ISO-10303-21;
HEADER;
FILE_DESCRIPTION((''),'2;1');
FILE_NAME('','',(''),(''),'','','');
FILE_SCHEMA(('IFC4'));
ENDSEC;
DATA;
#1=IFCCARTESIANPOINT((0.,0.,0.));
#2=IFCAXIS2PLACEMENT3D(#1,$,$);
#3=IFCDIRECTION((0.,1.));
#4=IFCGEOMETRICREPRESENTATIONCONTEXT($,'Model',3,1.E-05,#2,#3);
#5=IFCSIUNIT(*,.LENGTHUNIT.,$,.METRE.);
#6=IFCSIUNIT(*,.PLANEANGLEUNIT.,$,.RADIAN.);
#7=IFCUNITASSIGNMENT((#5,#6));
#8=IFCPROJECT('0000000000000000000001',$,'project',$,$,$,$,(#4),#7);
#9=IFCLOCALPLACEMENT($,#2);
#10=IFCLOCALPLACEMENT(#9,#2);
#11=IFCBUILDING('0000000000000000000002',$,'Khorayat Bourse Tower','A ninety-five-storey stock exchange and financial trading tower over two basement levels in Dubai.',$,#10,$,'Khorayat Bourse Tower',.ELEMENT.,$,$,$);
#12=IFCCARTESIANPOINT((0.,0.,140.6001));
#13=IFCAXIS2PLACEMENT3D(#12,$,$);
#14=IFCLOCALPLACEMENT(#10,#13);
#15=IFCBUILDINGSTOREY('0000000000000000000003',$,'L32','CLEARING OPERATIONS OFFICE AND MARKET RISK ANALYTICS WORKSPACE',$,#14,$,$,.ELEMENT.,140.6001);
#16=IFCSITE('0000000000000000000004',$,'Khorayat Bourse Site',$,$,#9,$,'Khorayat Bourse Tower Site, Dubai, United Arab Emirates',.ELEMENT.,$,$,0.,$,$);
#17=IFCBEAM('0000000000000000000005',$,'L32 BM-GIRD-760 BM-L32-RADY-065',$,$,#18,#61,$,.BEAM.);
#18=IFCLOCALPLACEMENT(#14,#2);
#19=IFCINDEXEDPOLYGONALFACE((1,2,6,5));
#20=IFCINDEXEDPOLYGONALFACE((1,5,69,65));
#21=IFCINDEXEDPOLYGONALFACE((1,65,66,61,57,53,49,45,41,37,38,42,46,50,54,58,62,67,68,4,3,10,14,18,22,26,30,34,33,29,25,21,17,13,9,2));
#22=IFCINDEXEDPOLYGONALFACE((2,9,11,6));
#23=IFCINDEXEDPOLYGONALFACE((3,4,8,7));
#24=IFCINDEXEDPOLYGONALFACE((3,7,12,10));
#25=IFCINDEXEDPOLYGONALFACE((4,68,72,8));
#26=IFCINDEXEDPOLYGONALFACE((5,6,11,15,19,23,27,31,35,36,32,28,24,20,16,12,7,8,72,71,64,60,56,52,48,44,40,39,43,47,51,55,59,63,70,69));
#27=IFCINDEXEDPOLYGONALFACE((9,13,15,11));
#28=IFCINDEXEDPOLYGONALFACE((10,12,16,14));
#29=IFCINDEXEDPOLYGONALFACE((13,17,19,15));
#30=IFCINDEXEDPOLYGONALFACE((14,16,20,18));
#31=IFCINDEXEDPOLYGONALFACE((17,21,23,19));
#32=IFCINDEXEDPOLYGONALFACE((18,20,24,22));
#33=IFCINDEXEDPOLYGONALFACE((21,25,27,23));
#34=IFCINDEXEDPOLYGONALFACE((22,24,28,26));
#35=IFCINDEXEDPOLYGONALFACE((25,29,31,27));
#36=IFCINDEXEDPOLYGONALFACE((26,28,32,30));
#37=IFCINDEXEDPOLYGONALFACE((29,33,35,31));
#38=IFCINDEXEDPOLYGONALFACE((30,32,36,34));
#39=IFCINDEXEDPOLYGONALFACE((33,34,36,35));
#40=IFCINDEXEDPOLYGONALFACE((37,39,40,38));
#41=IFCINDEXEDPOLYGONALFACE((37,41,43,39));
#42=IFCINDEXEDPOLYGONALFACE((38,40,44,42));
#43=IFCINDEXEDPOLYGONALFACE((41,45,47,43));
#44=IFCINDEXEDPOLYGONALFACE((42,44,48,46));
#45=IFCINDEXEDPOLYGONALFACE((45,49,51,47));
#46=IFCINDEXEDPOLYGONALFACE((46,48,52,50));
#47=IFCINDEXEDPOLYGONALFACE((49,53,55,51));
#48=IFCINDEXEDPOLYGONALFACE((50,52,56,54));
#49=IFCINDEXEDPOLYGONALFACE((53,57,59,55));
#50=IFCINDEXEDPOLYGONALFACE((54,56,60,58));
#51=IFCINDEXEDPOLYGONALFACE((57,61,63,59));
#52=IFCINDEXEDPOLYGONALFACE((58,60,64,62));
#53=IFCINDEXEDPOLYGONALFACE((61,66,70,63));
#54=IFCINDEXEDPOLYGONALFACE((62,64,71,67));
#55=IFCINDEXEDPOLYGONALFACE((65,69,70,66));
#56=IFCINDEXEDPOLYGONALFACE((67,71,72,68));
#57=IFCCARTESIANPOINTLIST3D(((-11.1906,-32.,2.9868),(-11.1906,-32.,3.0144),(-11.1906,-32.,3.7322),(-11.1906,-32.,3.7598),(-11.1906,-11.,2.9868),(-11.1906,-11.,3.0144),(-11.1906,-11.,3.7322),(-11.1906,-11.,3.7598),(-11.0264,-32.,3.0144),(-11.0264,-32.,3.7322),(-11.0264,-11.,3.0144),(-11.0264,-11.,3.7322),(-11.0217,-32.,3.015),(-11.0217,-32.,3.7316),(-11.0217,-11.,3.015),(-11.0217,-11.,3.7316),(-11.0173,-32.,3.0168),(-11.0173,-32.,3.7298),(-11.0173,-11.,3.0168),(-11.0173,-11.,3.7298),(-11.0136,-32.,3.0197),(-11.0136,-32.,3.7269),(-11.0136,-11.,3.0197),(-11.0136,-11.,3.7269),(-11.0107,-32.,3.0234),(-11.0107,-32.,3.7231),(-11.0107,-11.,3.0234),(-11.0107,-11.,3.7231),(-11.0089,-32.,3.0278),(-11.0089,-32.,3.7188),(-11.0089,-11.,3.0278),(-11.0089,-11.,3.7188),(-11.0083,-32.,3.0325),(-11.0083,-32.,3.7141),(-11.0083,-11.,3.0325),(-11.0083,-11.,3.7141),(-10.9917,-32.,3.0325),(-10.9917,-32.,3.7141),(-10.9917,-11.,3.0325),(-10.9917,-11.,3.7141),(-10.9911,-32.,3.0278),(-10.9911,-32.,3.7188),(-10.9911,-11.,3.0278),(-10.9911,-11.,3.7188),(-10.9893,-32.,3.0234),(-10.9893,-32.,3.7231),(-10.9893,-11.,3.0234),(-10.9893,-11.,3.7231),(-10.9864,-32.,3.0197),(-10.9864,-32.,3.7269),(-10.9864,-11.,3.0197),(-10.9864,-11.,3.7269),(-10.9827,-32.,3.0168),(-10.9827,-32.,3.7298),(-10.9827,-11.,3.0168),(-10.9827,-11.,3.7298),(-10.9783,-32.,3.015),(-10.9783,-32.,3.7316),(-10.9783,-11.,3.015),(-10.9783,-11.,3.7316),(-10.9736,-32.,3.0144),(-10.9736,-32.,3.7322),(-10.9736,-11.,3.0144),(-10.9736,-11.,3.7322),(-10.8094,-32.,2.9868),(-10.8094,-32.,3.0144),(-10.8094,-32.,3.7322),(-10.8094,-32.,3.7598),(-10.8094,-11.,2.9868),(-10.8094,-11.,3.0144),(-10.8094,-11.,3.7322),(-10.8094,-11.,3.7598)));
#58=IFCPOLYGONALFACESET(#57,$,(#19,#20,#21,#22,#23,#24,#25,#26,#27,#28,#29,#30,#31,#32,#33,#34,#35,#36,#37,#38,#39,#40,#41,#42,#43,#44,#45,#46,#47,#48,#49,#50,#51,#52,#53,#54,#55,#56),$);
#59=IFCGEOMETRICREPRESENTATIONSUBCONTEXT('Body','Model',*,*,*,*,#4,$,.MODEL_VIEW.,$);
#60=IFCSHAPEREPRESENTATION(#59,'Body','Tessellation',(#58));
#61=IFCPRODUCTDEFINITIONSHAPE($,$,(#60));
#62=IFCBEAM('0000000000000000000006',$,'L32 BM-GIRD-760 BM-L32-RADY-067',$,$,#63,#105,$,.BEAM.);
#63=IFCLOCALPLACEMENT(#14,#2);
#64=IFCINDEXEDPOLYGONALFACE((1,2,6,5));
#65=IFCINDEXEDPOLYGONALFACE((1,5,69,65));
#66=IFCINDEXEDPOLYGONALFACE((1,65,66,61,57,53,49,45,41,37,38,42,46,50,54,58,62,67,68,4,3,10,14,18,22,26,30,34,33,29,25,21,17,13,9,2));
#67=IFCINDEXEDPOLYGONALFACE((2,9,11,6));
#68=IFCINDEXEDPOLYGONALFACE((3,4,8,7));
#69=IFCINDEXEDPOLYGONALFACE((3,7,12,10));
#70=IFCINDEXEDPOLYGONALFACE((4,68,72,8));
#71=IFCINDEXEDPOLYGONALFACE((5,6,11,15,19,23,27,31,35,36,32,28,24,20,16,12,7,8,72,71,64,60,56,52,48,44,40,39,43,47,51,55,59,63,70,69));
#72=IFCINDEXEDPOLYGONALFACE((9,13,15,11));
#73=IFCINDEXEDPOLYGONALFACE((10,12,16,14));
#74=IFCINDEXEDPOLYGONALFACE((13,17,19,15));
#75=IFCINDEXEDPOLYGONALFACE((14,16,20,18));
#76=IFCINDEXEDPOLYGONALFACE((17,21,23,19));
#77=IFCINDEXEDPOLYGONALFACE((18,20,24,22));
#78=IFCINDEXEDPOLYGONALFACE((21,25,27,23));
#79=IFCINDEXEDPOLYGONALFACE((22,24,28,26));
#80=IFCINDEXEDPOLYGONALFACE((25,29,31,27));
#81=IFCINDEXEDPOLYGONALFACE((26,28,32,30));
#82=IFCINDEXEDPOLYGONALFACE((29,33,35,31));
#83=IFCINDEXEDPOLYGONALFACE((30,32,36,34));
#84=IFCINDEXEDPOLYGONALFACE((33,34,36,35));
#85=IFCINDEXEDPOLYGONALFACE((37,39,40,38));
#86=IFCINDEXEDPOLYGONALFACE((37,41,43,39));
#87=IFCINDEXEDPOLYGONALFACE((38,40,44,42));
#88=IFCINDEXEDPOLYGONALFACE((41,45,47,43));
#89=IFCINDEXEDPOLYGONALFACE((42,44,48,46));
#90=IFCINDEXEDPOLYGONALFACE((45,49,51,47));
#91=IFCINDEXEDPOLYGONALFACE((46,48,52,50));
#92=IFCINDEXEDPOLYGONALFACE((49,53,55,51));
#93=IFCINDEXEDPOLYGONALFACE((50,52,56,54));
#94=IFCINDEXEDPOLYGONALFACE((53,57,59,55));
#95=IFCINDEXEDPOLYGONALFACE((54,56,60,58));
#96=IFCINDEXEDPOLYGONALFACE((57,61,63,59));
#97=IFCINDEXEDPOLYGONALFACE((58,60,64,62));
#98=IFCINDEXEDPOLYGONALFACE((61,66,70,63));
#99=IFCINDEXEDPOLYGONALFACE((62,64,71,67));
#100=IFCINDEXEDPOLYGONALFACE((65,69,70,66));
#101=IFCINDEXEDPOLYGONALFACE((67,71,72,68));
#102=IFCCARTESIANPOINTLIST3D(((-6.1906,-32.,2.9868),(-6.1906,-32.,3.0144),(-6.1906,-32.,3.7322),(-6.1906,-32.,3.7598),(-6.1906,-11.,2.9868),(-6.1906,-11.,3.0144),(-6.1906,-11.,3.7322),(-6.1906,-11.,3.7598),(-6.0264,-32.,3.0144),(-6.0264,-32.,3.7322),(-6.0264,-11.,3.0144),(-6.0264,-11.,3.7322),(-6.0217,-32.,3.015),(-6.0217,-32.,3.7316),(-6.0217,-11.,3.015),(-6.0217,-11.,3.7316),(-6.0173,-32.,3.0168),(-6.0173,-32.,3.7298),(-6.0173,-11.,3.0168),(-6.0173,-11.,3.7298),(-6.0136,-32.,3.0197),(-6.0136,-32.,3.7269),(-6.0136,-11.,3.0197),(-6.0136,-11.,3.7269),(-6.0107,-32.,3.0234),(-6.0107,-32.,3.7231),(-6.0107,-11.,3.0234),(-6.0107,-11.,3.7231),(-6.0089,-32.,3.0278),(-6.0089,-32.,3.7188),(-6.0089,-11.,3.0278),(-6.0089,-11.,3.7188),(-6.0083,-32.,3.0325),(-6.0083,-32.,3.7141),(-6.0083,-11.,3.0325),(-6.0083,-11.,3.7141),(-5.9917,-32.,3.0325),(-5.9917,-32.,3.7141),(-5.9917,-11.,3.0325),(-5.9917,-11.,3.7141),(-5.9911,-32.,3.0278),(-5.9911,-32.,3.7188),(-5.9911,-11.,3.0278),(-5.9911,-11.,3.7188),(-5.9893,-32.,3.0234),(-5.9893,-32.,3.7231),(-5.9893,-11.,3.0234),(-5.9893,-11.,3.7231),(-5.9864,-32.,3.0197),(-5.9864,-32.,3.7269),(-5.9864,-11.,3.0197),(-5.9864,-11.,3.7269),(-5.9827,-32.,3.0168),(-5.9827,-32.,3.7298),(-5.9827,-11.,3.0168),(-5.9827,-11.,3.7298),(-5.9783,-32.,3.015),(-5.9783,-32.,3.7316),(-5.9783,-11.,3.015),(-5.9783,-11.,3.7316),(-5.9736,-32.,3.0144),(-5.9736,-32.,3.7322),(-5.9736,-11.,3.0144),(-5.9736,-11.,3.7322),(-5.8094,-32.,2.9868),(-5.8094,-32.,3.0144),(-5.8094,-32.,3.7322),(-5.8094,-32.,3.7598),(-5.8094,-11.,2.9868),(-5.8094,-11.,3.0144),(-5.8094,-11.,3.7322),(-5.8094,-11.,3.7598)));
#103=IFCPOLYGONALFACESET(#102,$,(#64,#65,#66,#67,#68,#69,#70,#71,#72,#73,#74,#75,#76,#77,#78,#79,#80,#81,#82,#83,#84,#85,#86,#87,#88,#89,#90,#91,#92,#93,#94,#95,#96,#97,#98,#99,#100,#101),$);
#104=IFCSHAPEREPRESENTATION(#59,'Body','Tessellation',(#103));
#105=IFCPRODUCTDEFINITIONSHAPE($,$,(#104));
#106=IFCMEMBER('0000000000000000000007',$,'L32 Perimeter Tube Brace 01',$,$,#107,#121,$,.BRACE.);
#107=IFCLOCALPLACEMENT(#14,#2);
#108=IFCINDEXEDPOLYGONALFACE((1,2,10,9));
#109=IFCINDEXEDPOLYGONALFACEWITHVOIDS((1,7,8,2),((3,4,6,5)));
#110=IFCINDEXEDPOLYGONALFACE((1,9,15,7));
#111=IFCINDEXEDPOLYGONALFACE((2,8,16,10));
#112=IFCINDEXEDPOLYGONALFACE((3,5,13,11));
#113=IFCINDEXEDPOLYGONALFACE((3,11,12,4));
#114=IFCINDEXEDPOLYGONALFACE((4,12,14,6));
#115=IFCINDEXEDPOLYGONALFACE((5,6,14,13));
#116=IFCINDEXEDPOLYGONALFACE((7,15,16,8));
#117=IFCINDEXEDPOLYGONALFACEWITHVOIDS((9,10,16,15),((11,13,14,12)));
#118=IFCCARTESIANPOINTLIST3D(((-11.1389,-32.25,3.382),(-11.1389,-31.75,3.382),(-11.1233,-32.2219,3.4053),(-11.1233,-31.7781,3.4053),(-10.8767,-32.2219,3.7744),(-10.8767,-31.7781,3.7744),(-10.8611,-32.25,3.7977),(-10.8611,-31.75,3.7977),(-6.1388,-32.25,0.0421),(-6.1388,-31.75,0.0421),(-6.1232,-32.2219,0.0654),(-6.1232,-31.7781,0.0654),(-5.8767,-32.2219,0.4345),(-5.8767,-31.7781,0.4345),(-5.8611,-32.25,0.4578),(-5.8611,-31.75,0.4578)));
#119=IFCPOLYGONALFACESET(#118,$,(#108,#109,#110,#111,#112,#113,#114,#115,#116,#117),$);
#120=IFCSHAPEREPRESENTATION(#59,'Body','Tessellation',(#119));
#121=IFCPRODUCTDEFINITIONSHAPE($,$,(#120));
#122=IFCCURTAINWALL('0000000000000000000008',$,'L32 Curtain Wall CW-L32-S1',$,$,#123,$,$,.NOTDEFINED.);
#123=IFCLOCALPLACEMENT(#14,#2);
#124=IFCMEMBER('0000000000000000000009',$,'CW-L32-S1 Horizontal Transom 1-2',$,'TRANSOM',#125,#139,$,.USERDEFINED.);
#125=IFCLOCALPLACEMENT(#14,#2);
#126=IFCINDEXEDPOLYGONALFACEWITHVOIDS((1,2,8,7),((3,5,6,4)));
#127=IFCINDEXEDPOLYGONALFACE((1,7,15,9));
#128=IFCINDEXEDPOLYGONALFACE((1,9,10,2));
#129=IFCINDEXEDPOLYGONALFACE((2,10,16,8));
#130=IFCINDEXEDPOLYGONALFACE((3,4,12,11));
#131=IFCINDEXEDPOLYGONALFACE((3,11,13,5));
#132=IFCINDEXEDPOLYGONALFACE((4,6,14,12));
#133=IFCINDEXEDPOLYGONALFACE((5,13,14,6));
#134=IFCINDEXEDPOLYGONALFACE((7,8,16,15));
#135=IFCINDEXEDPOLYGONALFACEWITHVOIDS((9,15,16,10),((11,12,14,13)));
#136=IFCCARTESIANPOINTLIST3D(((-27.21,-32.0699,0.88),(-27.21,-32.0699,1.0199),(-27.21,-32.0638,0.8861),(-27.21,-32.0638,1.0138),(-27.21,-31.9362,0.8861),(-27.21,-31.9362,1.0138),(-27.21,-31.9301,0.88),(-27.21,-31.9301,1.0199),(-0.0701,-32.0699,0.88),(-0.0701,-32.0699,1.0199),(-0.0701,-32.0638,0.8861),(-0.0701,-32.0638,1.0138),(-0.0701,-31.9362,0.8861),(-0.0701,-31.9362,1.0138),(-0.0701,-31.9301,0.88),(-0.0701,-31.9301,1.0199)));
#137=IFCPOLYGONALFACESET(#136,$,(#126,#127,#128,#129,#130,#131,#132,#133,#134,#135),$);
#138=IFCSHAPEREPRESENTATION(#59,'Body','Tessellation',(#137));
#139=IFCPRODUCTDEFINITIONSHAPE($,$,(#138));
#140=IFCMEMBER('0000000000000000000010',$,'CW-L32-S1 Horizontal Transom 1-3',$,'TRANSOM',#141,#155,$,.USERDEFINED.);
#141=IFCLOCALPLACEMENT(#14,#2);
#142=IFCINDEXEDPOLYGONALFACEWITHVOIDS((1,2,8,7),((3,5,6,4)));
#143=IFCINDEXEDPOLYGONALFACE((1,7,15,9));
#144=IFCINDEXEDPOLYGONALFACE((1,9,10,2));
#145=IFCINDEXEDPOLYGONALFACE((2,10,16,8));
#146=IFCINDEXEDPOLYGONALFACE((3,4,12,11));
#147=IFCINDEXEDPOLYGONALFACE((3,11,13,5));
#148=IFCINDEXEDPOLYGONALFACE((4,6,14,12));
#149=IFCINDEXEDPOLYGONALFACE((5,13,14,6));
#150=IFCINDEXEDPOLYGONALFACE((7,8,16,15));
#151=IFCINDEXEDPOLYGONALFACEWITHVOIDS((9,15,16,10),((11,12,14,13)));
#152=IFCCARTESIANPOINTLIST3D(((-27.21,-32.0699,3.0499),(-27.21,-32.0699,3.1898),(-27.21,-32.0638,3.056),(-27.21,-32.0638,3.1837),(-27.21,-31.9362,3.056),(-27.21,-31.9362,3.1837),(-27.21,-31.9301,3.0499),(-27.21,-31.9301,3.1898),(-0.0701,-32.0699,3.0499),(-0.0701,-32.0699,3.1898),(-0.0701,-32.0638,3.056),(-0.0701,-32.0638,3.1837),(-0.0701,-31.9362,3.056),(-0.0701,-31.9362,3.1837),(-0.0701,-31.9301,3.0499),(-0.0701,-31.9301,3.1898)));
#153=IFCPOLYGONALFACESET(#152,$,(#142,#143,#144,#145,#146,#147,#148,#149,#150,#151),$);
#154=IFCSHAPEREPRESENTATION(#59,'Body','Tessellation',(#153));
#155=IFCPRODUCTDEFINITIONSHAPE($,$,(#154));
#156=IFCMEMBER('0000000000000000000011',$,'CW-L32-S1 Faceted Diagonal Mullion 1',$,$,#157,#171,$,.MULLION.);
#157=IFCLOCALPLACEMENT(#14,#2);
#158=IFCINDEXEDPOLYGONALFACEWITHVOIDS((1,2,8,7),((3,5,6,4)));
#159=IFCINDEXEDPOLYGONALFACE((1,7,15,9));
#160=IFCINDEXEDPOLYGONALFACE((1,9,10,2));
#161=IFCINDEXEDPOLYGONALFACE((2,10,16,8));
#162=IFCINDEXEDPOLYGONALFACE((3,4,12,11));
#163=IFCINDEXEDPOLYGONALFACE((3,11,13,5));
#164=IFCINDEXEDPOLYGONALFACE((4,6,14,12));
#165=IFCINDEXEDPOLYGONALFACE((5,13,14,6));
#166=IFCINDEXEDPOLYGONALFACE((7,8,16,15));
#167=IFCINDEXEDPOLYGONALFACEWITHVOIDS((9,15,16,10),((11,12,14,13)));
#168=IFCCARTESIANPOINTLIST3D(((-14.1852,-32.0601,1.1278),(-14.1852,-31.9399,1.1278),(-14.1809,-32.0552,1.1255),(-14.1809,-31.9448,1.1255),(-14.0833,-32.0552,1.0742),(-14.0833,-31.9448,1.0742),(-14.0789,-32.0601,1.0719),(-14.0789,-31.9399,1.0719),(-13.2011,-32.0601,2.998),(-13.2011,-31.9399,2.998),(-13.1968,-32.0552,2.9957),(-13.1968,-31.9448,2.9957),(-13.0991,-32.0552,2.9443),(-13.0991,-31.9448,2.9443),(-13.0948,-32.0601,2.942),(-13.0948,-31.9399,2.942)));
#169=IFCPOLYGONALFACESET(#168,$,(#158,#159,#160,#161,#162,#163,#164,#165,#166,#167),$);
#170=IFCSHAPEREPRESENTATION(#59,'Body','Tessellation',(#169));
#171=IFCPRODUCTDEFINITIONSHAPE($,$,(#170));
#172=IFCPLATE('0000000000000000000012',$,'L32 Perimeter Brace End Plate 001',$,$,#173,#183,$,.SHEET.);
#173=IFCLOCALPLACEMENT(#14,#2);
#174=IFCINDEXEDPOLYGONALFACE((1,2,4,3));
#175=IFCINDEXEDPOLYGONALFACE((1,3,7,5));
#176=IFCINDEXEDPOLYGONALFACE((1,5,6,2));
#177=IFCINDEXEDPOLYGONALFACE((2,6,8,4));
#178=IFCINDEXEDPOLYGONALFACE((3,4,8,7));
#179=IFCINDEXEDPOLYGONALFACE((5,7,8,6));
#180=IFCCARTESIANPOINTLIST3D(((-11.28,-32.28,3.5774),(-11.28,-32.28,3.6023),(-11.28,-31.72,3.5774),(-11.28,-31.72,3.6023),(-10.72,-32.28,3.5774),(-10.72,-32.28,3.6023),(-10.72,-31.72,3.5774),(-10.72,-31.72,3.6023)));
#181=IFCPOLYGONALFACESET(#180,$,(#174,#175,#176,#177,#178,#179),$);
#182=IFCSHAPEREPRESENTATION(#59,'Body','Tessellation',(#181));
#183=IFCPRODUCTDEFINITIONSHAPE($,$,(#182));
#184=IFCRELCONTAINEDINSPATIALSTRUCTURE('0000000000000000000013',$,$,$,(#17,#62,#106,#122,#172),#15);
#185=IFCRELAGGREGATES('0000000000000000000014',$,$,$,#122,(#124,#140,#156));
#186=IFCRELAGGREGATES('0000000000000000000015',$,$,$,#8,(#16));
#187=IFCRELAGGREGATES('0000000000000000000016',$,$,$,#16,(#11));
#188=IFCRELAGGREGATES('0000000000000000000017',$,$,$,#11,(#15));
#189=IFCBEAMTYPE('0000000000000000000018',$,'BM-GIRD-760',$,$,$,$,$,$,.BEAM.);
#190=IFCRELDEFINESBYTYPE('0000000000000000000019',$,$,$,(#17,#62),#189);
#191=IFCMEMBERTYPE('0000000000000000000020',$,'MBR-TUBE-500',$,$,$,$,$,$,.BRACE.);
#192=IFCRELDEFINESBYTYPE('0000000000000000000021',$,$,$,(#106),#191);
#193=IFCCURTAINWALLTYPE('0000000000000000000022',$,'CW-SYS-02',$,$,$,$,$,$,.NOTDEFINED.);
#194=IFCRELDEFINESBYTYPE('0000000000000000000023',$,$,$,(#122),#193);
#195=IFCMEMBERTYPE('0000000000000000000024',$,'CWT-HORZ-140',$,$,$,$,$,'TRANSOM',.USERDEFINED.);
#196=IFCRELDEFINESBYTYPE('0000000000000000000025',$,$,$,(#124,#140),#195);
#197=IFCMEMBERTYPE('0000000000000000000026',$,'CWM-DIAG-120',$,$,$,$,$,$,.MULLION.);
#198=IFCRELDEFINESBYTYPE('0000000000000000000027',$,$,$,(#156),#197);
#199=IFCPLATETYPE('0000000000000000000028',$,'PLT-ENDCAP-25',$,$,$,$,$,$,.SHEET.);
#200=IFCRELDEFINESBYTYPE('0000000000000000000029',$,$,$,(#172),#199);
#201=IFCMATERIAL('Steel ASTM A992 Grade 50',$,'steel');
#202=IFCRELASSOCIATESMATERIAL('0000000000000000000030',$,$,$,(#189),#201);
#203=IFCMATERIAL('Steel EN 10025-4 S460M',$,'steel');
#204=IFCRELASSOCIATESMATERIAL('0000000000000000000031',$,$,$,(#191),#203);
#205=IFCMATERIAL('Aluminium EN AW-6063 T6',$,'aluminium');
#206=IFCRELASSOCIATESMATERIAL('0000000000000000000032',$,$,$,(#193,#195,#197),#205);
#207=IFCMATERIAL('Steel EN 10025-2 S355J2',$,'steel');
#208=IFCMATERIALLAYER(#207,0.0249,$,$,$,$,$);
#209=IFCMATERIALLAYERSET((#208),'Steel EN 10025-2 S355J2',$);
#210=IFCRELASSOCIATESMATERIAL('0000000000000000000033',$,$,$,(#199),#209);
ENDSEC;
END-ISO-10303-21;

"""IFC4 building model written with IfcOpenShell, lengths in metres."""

from ifc_helpers import new_model, si_unit, direction, frame, origin, origin_2d, place, context, subcontext, project, spatial, rectangle, hollow_rectangle, i_section, extrude, source, transform, mapped, material, layer, layer_set, material_profile, profile_set, type_object, element, aggregate, save


model = new_model("IFC4")

# Units and contexts
model_context = context("Model", 3, precision=1e-05, world=origin(), true_north=direction((0.0, 1.0)))
body_context = subcontext(model_context, "Body", "Model", "MODEL_VIEW")
ifc_project = project(units=[si_unit("LENGTHUNIT", "METRE"), si_unit("PLANEANGLEUNIT", "RADIAN")], contexts=[model_context])

# Site, building, storey
site_placement = place(None, origin())
site = spatial("IfcSite", under=ifc_project, at=site_placement, Name="Khorayat Bourse Site", LongName="Khorayat Bourse Tower Site, Dubai, United Arab Emirates", CompositionType="ELEMENT", RefElevation=0.0)
building_placement = place(site_placement, origin())
building = spatial("IfcBuilding", under=site, at=building_placement, Name="Khorayat Bourse Tower", Description="A ninety-five-storey stock exchange and financial trading tower over two basement levels in Dubai.", LongName="Khorayat Bourse Tower", CompositionType="ELEMENT")
storey_placement = place(building_placement, frame((0.0, 0.0, 140.6001)))
storey = spatial("IfcBuildingStorey", under=building, at=storey_placement, Name="L32", Description="CLEARING OPERATIONS OFFICE AND MARKET RISK ANALYTICS WORKSPACE", CompositionType="ELEMENT", Elevation=140.6001)

# Shared definitions
ifc_material_1 = material(Name="Steel EN 10025-4 S460M", Category="steel")

# Beams
ifc_material_2 = material(Name="Steel ASTM A992 Grade 50", Category="steel")
ifc_material_profile_1 = material_profile(ifc_material_2, i_section(OverallWidth=0.3811, OverallDepth=0.7729, WebThickness=0.0166, FlangeThickness=0.0276, FilletRadius=0.0181, at=origin_2d()), Name="W760X257")
ifc_profile_set_1 = profile_set([ifc_material_profile_1], Name="Steel ASTM A992 Grade 50")
beam_type_1 = type_object("IfcBeamType", Name="BM-GIRD-760", PredefinedType="BEAM", material=ifc_profile_set_1)
shared_shape_1 = source(origin(), body_context, "Body", "SweptSolid", [
    extrude(i_section(OverallWidth=0.3811, OverallDepth=0.7729, WebThickness=0.0166, FlangeThickness=0.0276, FilletRadius=0.0181, at=origin_2d()), origin(), (0.0, 0.0, 1.0), 21.0),
])
for number, where, z_axis, x_axis, name in (
    (1, (-11.0, -32.0, 3.3733), (0.0, 1.0, 0.0), (-1.0, 0.0, 0.0), "L32 BM-GIRD-760 BM-L32-RADY-065"),
    (2, (-6.0, -32.0, 3.3733), (0.0, 1.0, 0.0), (-1.0, 0.0, 0.0), "L32 BM-GIRD-760 BM-L32-RADY-067"),
):
    element("IfcBeam", number, at=place(storey_placement, frame(where, z_axis=z_axis, x_axis=x_axis)), inside=storey, type_object=beam_type_1, Name=name, PredefinedType="BEAM", context=body_context, shape_type="MappedRepresentation", body=[
        mapped(shared_shape_1, transform((0.0, 0.0, 0.0), scale=1.0)),
    ])

# Member
ifc_material_profile_2 = material_profile(ifc_material_1, hollow_rectangle(XDim=0.5, YDim=0.5, WallThickness=0.0281, at=origin_2d()), Name="HSS 500x500x28")
ifc_profile_set_2 = profile_set([ifc_material_profile_2], Name="Steel EN 10025-4 S460M")
member_type_1 = type_object("IfcMemberType", Name="MBR-TUBE-500", PredefinedType="BRACE", material=ifc_profile_set_2)
shared_shape_2 = source(origin(), body_context, "Body", "SweptSolid", [
    extrude(hollow_rectangle(XDim=0.5, YDim=0.5, WallThickness=0.0281, at=origin_2d()), origin(), (0.0, 0.0, 1.0), 6.0129),
])
member_1_placement = place(storey_placement, frame((-11.0, -32.0, 3.5898), z_axis=(0.83155, 0.0, -0.55545), x_axis=(0.0, 1.0, 0.0)))
element("IfcMember", 3, at=member_1_placement, inside=storey, type_object=member_type_1, Name="L32 Perimeter Tube Brace 01", PredefinedType="BRACE", context=body_context, shape_type="MappedRepresentation", body=[
    mapped(shared_shape_2, transform((0.0, 0.0, 0.0), scale=1.0)),
])

# Curtain wall, members
ifc_material_3 = material(Name="Aluminium EN AW-6063 T6", Category="aluminium")
curtain_wall_type = type_object("IfcCurtainWallType", Name="CW-SYS-02", PredefinedType="NOTDEFINED", material=ifc_material_3)
curtain_wall_placement = place(storey_placement, origin())
curtain_wall = element("IfcCurtainWall", 4, at=curtain_wall_placement, inside=storey, type_object=curtain_wall_type, Name="L32 Curtain Wall CW-L32-S1", PredefinedType="NOTDEFINED")
ifc_material_profile_3 = material_profile(ifc_material_3, hollow_rectangle(XDim=0.1399, YDim=0.1399, WallThickness=0.0061, at=origin_2d()), Name="ALU 140x140x6")
ifc_profile_set_3 = profile_set([ifc_material_profile_3], Name="Aluminium EN AW-6063 T6")
member_type_2 = type_object("IfcMemberType", Name="CWT-HORZ-140", ElementType="TRANSOM", PredefinedType="USERDEFINED", material=ifc_profile_set_3)
shared_shape_3 = source(origin(), body_context, "Body", "SweptSolid", [
    extrude(hollow_rectangle(XDim=0.1399, YDim=0.1399, WallThickness=0.0061, at=origin_2d()), origin(), (0.0, 0.0, 1.0), 27.1399),
])
member_2_placement = place(storey_placement, frame((-27.21, -32.0, 0.95), z_axis=(1.0, 0.0, 0.0), x_axis=(0.0, 1.0, 0.0)))
member_2 = element("IfcMember", 5, at=member_2_placement, type_object=member_type_2, Name="CW-L32-S1 Horizontal Transom 1-2", ObjectType="TRANSOM", PredefinedType="USERDEFINED", context=body_context, shape_type="MappedRepresentation", body=[
    mapped(shared_shape_3, transform((0.0, 0.0, 0.0), scale=1.0)),
])
member_3_placement = place(storey_placement, frame((-27.21, -32.0, 3.1199), z_axis=(1.0, 0.0, 0.0), x_axis=(0.0, 1.0, 0.0)))
member_3 = element("IfcMember", 6, at=member_3_placement, type_object=member_type_2, Name="CW-L32-S1 Horizontal Transom 1-3", ObjectType="TRANSOM", PredefinedType="USERDEFINED", context=body_context, shape_type="MappedRepresentation", body=[
    mapped(shared_shape_3, transform((0.0, 0.0, 0.0), scale=1.0)),
])
ifc_material_profile_4 = material_profile(ifc_material_3, hollow_rectangle(XDim=0.1201, YDim=0.1201, WallThickness=0.0049, at=origin_2d()), Name="ALU 120x120x5")
ifc_profile_set_4 = profile_set([ifc_material_profile_4], Name="Aluminium EN AW-6063 T6")
member_type_3 = type_object("IfcMemberType", Name="CWM-DIAG-120", PredefinedType="MULLION", material=ifc_profile_set_4)
shared_shape_4 = source(origin(), body_context, "Body", "SweptSolid", [
    extrude(hollow_rectangle(XDim=0.1201, YDim=0.1201, WallThickness=0.0049, at=origin_2d()), origin(), (0.0, 0.0, 1.0), 2.1133),
])
member_4_placement = place(storey_placement, frame((-14.1321, -32.0, 1.0999), z_axis=(0.465694, 0.0, 0.884946), x_axis=(0.0, 1.0, 0.0)))
member_4 = element("IfcMember", 7, at=member_4_placement, type_object=member_type_3, Name="CW-L32-S1 Faceted Diagonal Mullion 1", PredefinedType="MULLION", context=body_context, shape_type="MappedRepresentation", body=[
    mapped(shared_shape_4, transform((0.0, 0.0, 0.0), scale=1.0)),
])

# Plate
ifc_material_4 = material(Name="Steel EN 10025-2 S355J2", Category="steel")
ifc_layer_1 = layer(ifc_material_4, 0.0249)
ifc_layer_set_1 = layer_set([ifc_layer_1], Name="Steel EN 10025-2 S355J2")
plate_type_1 = type_object("IfcPlateType", Name="PLT-ENDCAP-25", PredefinedType="SHEET", material=ifc_layer_set_1)
shared_shape_5 = source(origin(), body_context, "Body", "SweptSolid", [
    extrude(rectangle(XDim=0.5601, YDim=0.5601, at=origin_2d()), origin(), (0.0, 0.0, 1.0), 0.0249),
])
for number, where, z_axis, x_axis, name in (
    (8, (-11.0, -32.0, 3.5774), (0.0, 0.0, 1.0), (1.0, 0.0, 0.0), "L32 Perimeter Brace End Plate 001"),
):
    element("IfcPlate", number, at=place(storey_placement, frame(where, z_axis=z_axis, x_axis=x_axis)), inside=storey, type_object=plate_type_1, Name=name, PredefinedType="SHEET", context=body_context, shape_type="MappedRepresentation", body=[
        mapped(shared_shape_5, transform((0.0, 0.0, 0.0), scale=1.0)),
    ])

aggregate(curtain_wall, [member_2, member_3, member_4])

save(model, "model.ifc")
